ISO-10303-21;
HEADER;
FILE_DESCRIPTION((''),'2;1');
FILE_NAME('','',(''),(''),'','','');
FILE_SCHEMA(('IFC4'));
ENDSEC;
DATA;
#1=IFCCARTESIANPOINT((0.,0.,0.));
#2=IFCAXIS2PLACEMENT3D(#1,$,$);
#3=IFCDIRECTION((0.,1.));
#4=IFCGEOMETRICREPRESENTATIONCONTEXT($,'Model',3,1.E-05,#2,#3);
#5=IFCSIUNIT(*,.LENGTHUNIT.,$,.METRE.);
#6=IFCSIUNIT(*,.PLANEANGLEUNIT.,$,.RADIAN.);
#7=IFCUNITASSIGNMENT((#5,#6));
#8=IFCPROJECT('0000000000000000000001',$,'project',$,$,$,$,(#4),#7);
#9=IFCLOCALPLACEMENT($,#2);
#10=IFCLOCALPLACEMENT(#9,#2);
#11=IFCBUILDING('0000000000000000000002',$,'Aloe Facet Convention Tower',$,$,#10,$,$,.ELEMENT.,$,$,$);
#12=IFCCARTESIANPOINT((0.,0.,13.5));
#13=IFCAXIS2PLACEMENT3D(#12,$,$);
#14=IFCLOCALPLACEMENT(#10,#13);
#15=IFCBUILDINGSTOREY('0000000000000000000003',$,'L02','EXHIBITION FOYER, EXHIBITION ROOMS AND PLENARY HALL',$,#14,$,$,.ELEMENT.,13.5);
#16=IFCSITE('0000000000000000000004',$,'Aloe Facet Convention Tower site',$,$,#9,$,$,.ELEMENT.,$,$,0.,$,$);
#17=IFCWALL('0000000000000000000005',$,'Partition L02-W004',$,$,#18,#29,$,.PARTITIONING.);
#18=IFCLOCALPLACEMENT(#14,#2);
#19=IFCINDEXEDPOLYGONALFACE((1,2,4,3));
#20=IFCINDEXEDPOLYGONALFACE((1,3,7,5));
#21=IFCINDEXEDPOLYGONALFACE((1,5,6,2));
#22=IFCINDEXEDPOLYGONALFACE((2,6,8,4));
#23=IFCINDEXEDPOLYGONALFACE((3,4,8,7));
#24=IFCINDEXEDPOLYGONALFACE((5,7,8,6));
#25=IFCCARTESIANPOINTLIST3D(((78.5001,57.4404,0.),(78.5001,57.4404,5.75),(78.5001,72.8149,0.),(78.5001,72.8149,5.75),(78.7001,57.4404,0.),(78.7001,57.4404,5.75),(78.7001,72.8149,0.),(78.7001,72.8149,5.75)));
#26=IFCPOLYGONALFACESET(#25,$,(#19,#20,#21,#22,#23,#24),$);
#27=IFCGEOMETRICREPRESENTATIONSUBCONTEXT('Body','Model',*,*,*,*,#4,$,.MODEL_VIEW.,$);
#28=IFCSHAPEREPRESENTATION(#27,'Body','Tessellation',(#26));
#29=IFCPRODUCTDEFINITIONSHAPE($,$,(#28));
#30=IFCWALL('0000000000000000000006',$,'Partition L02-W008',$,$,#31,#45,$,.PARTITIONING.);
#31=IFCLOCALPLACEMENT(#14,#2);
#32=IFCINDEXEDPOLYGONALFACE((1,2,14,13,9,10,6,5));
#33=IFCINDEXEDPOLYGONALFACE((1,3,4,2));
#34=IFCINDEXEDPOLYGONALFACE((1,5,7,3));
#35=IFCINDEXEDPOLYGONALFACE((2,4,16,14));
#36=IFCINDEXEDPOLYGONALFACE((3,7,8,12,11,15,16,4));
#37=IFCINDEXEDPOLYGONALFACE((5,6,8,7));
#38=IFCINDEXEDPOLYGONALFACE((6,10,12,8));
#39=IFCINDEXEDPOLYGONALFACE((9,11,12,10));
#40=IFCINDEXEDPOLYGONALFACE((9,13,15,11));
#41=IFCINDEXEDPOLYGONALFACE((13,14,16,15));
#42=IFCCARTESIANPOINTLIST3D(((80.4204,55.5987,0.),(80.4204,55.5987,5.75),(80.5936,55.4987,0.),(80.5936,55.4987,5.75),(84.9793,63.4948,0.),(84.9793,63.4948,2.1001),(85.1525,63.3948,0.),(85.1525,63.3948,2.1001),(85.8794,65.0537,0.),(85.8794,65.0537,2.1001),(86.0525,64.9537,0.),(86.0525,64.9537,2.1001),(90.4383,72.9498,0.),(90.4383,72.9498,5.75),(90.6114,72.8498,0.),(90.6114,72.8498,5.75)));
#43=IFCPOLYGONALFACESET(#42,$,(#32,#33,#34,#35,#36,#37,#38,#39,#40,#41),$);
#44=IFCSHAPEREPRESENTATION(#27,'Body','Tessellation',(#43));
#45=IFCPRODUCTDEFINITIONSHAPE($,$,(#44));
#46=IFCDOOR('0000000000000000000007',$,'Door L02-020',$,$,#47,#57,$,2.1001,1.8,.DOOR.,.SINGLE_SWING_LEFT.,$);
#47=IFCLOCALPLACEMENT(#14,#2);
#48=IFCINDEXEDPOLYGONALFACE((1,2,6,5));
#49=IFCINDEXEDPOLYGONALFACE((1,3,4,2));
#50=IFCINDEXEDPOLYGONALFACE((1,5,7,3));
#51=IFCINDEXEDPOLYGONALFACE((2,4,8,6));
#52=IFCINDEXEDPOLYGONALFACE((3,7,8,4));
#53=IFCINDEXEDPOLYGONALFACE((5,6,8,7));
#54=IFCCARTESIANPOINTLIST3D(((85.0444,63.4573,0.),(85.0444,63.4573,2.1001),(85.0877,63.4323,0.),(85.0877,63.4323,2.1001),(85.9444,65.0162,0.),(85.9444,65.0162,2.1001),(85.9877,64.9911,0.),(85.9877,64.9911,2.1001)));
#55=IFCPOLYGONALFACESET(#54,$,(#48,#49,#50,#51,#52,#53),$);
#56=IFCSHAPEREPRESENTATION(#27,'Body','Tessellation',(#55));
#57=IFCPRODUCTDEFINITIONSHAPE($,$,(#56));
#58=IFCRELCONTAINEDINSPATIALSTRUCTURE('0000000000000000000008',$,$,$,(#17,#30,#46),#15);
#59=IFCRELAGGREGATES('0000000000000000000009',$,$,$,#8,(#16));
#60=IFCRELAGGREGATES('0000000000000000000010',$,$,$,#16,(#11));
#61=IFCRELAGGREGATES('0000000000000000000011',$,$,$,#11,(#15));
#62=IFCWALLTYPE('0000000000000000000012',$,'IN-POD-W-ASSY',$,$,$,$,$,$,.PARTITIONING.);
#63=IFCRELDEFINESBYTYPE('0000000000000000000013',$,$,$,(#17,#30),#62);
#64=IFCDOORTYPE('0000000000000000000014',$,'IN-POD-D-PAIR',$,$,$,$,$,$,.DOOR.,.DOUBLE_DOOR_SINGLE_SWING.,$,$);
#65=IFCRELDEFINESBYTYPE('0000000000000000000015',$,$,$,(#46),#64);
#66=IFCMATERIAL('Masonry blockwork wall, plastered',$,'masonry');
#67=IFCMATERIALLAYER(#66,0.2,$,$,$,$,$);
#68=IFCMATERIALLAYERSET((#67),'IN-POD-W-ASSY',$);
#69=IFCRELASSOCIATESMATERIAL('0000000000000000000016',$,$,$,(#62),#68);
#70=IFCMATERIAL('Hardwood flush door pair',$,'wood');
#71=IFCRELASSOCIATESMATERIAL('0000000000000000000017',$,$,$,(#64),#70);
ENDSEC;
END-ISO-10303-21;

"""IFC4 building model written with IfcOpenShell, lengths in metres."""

from ifc_helpers import new_model, si_unit, direction, frame, frame_2d, origin, place, context, subcontext, project, spatial, rectangle, extrude, material, layer, layer_set, type_object, element, fill, save


model = new_model("IFC4")

# Units and contexts
model_context = context("Model", 3, precision=1e-05, world=origin(), true_north=direction((0.0, 1.0)))
body_context = subcontext(model_context, "Body", "Model", "MODEL_VIEW")
ifc_project = project(units=[si_unit("LENGTHUNIT", "METRE"), si_unit("PLANEANGLEUNIT", "RADIAN")], contexts=[model_context])

# Site, building, storey
site_placement = place(None, origin())
site = spatial("IfcSite", under=ifc_project, at=site_placement, Name="Aloe Facet Convention Tower site", CompositionType="ELEMENT", RefElevation=0.0)
building_placement = place(site_placement, origin())
building = spatial("IfcBuilding", under=site, at=building_placement, Name="Aloe Facet Convention Tower", CompositionType="ELEMENT")
storey_placement = place(building_placement, frame((0.0, 0.0, 13.5)))
storey = spatial("IfcBuildingStorey", under=building, at=storey_placement, Name="L02", Description="EXHIBITION FOYER, EXHIBITION ROOMS AND PLENARY HALL", CompositionType="ELEMENT", Elevation=13.5)

# Wall
ifc_material_1 = material(Name="Masonry blockwork wall, plastered", Category="masonry")
ifc_layer_1 = layer(ifc_material_1, 0.2)
ifc_layer_set_1 = layer_set([ifc_layer_1], Name="IN-POD-W-ASSY")
wall_type_1 = type_object("IfcWallType", Name="IN-POD-W-ASSY", PredefinedType="PARTITIONING", material=ifc_layer_set_1)
wall_1_placement = place(storey_placement, frame((78.6001, 57.4404, 0.0), z_axis=(0.0, 0.0, 1.0), x_axis=(0.0, 1.0, 0.0)))
element("IfcWall", 1, at=wall_1_placement, inside=storey, type_object=wall_type_1, Name="Partition L02-W004", PredefinedType="PARTITIONING", context=body_context, shape_type="SweptSolid", body=[
    extrude(rectangle(XDim=15.3745, YDim=0.2, at=frame_2d((7.6873, 0.0))), origin(), (0.0, 0.0, 1.0), 5.75),
])

# Wall, opening, door
wall_2_placement = place(storey_placement, frame((80.5071, 55.5488, 0.0), z_axis=(0.0, 0.0, 1.0), x_axis=(0.500007, 0.866022, 0.0)))
wall_2 = element("IfcWall", 2, at=wall_2_placement, inside=storey, type_object=wall_type_1, Name="Partition L02-W008", PredefinedType="PARTITIONING", context=body_context, shape_type="SweptSolid", body=[
    extrude(rectangle(XDim=20.0354, YDim=0.2, at=frame_2d((10.0176, 0.0))), origin(), (0.0, 0.0, 1.0), 5.75),
])
opening_placement = place(wall_2_placement, frame((9.1177, 0.0, 0.0)))
opening = element("IfcOpeningElement", 3, at=opening_placement, cuts=wall_2, PredefinedType="OPENING", context=body_context, shape_type="SweptSolid", body=[
    extrude(rectangle(XDim=1.8, YDim=2.1001, at=frame_2d((0.8999, 1.05))), frame((0.0, 0.1099, 0.0), z_axis=(0.0, -1.0, 0.0), x_axis=(1.0, 0.0, 0.0)), (0.0, 0.0, 1.0), 0.22),
])
ifc_material_2 = material(Name="Hardwood flush door pair", Category="wood")
door_type = type_object("IfcDoorType", Name="IN-POD-D-PAIR", OperationType="DOUBLE_DOOR_SINGLE_SWING", PredefinedType="DOOR", material=ifc_material_2)
door_placement = place(opening_placement, origin())
door = element("IfcDoor", 4, at=door_placement, inside=storey, type_object=door_type, Name="Door L02-020", OperationType="SINGLE_SWING_LEFT", OverallHeight=2.1001, OverallWidth=1.8, PredefinedType="DOOR", context=body_context, shape_type="SweptSolid", body=[
    extrude(rectangle(XDim=1.8, YDim=2.1001, at=frame_2d((0.8999, 1.05))), frame((0.0, 0.0249, 0.0), z_axis=(0.0, -1.0, 0.0), x_axis=(1.0, 0.0, 0.0)), (0.0, 0.0, 1.0), 0.05),
])
fill(opening, door)

save(model, "model.ifc")
